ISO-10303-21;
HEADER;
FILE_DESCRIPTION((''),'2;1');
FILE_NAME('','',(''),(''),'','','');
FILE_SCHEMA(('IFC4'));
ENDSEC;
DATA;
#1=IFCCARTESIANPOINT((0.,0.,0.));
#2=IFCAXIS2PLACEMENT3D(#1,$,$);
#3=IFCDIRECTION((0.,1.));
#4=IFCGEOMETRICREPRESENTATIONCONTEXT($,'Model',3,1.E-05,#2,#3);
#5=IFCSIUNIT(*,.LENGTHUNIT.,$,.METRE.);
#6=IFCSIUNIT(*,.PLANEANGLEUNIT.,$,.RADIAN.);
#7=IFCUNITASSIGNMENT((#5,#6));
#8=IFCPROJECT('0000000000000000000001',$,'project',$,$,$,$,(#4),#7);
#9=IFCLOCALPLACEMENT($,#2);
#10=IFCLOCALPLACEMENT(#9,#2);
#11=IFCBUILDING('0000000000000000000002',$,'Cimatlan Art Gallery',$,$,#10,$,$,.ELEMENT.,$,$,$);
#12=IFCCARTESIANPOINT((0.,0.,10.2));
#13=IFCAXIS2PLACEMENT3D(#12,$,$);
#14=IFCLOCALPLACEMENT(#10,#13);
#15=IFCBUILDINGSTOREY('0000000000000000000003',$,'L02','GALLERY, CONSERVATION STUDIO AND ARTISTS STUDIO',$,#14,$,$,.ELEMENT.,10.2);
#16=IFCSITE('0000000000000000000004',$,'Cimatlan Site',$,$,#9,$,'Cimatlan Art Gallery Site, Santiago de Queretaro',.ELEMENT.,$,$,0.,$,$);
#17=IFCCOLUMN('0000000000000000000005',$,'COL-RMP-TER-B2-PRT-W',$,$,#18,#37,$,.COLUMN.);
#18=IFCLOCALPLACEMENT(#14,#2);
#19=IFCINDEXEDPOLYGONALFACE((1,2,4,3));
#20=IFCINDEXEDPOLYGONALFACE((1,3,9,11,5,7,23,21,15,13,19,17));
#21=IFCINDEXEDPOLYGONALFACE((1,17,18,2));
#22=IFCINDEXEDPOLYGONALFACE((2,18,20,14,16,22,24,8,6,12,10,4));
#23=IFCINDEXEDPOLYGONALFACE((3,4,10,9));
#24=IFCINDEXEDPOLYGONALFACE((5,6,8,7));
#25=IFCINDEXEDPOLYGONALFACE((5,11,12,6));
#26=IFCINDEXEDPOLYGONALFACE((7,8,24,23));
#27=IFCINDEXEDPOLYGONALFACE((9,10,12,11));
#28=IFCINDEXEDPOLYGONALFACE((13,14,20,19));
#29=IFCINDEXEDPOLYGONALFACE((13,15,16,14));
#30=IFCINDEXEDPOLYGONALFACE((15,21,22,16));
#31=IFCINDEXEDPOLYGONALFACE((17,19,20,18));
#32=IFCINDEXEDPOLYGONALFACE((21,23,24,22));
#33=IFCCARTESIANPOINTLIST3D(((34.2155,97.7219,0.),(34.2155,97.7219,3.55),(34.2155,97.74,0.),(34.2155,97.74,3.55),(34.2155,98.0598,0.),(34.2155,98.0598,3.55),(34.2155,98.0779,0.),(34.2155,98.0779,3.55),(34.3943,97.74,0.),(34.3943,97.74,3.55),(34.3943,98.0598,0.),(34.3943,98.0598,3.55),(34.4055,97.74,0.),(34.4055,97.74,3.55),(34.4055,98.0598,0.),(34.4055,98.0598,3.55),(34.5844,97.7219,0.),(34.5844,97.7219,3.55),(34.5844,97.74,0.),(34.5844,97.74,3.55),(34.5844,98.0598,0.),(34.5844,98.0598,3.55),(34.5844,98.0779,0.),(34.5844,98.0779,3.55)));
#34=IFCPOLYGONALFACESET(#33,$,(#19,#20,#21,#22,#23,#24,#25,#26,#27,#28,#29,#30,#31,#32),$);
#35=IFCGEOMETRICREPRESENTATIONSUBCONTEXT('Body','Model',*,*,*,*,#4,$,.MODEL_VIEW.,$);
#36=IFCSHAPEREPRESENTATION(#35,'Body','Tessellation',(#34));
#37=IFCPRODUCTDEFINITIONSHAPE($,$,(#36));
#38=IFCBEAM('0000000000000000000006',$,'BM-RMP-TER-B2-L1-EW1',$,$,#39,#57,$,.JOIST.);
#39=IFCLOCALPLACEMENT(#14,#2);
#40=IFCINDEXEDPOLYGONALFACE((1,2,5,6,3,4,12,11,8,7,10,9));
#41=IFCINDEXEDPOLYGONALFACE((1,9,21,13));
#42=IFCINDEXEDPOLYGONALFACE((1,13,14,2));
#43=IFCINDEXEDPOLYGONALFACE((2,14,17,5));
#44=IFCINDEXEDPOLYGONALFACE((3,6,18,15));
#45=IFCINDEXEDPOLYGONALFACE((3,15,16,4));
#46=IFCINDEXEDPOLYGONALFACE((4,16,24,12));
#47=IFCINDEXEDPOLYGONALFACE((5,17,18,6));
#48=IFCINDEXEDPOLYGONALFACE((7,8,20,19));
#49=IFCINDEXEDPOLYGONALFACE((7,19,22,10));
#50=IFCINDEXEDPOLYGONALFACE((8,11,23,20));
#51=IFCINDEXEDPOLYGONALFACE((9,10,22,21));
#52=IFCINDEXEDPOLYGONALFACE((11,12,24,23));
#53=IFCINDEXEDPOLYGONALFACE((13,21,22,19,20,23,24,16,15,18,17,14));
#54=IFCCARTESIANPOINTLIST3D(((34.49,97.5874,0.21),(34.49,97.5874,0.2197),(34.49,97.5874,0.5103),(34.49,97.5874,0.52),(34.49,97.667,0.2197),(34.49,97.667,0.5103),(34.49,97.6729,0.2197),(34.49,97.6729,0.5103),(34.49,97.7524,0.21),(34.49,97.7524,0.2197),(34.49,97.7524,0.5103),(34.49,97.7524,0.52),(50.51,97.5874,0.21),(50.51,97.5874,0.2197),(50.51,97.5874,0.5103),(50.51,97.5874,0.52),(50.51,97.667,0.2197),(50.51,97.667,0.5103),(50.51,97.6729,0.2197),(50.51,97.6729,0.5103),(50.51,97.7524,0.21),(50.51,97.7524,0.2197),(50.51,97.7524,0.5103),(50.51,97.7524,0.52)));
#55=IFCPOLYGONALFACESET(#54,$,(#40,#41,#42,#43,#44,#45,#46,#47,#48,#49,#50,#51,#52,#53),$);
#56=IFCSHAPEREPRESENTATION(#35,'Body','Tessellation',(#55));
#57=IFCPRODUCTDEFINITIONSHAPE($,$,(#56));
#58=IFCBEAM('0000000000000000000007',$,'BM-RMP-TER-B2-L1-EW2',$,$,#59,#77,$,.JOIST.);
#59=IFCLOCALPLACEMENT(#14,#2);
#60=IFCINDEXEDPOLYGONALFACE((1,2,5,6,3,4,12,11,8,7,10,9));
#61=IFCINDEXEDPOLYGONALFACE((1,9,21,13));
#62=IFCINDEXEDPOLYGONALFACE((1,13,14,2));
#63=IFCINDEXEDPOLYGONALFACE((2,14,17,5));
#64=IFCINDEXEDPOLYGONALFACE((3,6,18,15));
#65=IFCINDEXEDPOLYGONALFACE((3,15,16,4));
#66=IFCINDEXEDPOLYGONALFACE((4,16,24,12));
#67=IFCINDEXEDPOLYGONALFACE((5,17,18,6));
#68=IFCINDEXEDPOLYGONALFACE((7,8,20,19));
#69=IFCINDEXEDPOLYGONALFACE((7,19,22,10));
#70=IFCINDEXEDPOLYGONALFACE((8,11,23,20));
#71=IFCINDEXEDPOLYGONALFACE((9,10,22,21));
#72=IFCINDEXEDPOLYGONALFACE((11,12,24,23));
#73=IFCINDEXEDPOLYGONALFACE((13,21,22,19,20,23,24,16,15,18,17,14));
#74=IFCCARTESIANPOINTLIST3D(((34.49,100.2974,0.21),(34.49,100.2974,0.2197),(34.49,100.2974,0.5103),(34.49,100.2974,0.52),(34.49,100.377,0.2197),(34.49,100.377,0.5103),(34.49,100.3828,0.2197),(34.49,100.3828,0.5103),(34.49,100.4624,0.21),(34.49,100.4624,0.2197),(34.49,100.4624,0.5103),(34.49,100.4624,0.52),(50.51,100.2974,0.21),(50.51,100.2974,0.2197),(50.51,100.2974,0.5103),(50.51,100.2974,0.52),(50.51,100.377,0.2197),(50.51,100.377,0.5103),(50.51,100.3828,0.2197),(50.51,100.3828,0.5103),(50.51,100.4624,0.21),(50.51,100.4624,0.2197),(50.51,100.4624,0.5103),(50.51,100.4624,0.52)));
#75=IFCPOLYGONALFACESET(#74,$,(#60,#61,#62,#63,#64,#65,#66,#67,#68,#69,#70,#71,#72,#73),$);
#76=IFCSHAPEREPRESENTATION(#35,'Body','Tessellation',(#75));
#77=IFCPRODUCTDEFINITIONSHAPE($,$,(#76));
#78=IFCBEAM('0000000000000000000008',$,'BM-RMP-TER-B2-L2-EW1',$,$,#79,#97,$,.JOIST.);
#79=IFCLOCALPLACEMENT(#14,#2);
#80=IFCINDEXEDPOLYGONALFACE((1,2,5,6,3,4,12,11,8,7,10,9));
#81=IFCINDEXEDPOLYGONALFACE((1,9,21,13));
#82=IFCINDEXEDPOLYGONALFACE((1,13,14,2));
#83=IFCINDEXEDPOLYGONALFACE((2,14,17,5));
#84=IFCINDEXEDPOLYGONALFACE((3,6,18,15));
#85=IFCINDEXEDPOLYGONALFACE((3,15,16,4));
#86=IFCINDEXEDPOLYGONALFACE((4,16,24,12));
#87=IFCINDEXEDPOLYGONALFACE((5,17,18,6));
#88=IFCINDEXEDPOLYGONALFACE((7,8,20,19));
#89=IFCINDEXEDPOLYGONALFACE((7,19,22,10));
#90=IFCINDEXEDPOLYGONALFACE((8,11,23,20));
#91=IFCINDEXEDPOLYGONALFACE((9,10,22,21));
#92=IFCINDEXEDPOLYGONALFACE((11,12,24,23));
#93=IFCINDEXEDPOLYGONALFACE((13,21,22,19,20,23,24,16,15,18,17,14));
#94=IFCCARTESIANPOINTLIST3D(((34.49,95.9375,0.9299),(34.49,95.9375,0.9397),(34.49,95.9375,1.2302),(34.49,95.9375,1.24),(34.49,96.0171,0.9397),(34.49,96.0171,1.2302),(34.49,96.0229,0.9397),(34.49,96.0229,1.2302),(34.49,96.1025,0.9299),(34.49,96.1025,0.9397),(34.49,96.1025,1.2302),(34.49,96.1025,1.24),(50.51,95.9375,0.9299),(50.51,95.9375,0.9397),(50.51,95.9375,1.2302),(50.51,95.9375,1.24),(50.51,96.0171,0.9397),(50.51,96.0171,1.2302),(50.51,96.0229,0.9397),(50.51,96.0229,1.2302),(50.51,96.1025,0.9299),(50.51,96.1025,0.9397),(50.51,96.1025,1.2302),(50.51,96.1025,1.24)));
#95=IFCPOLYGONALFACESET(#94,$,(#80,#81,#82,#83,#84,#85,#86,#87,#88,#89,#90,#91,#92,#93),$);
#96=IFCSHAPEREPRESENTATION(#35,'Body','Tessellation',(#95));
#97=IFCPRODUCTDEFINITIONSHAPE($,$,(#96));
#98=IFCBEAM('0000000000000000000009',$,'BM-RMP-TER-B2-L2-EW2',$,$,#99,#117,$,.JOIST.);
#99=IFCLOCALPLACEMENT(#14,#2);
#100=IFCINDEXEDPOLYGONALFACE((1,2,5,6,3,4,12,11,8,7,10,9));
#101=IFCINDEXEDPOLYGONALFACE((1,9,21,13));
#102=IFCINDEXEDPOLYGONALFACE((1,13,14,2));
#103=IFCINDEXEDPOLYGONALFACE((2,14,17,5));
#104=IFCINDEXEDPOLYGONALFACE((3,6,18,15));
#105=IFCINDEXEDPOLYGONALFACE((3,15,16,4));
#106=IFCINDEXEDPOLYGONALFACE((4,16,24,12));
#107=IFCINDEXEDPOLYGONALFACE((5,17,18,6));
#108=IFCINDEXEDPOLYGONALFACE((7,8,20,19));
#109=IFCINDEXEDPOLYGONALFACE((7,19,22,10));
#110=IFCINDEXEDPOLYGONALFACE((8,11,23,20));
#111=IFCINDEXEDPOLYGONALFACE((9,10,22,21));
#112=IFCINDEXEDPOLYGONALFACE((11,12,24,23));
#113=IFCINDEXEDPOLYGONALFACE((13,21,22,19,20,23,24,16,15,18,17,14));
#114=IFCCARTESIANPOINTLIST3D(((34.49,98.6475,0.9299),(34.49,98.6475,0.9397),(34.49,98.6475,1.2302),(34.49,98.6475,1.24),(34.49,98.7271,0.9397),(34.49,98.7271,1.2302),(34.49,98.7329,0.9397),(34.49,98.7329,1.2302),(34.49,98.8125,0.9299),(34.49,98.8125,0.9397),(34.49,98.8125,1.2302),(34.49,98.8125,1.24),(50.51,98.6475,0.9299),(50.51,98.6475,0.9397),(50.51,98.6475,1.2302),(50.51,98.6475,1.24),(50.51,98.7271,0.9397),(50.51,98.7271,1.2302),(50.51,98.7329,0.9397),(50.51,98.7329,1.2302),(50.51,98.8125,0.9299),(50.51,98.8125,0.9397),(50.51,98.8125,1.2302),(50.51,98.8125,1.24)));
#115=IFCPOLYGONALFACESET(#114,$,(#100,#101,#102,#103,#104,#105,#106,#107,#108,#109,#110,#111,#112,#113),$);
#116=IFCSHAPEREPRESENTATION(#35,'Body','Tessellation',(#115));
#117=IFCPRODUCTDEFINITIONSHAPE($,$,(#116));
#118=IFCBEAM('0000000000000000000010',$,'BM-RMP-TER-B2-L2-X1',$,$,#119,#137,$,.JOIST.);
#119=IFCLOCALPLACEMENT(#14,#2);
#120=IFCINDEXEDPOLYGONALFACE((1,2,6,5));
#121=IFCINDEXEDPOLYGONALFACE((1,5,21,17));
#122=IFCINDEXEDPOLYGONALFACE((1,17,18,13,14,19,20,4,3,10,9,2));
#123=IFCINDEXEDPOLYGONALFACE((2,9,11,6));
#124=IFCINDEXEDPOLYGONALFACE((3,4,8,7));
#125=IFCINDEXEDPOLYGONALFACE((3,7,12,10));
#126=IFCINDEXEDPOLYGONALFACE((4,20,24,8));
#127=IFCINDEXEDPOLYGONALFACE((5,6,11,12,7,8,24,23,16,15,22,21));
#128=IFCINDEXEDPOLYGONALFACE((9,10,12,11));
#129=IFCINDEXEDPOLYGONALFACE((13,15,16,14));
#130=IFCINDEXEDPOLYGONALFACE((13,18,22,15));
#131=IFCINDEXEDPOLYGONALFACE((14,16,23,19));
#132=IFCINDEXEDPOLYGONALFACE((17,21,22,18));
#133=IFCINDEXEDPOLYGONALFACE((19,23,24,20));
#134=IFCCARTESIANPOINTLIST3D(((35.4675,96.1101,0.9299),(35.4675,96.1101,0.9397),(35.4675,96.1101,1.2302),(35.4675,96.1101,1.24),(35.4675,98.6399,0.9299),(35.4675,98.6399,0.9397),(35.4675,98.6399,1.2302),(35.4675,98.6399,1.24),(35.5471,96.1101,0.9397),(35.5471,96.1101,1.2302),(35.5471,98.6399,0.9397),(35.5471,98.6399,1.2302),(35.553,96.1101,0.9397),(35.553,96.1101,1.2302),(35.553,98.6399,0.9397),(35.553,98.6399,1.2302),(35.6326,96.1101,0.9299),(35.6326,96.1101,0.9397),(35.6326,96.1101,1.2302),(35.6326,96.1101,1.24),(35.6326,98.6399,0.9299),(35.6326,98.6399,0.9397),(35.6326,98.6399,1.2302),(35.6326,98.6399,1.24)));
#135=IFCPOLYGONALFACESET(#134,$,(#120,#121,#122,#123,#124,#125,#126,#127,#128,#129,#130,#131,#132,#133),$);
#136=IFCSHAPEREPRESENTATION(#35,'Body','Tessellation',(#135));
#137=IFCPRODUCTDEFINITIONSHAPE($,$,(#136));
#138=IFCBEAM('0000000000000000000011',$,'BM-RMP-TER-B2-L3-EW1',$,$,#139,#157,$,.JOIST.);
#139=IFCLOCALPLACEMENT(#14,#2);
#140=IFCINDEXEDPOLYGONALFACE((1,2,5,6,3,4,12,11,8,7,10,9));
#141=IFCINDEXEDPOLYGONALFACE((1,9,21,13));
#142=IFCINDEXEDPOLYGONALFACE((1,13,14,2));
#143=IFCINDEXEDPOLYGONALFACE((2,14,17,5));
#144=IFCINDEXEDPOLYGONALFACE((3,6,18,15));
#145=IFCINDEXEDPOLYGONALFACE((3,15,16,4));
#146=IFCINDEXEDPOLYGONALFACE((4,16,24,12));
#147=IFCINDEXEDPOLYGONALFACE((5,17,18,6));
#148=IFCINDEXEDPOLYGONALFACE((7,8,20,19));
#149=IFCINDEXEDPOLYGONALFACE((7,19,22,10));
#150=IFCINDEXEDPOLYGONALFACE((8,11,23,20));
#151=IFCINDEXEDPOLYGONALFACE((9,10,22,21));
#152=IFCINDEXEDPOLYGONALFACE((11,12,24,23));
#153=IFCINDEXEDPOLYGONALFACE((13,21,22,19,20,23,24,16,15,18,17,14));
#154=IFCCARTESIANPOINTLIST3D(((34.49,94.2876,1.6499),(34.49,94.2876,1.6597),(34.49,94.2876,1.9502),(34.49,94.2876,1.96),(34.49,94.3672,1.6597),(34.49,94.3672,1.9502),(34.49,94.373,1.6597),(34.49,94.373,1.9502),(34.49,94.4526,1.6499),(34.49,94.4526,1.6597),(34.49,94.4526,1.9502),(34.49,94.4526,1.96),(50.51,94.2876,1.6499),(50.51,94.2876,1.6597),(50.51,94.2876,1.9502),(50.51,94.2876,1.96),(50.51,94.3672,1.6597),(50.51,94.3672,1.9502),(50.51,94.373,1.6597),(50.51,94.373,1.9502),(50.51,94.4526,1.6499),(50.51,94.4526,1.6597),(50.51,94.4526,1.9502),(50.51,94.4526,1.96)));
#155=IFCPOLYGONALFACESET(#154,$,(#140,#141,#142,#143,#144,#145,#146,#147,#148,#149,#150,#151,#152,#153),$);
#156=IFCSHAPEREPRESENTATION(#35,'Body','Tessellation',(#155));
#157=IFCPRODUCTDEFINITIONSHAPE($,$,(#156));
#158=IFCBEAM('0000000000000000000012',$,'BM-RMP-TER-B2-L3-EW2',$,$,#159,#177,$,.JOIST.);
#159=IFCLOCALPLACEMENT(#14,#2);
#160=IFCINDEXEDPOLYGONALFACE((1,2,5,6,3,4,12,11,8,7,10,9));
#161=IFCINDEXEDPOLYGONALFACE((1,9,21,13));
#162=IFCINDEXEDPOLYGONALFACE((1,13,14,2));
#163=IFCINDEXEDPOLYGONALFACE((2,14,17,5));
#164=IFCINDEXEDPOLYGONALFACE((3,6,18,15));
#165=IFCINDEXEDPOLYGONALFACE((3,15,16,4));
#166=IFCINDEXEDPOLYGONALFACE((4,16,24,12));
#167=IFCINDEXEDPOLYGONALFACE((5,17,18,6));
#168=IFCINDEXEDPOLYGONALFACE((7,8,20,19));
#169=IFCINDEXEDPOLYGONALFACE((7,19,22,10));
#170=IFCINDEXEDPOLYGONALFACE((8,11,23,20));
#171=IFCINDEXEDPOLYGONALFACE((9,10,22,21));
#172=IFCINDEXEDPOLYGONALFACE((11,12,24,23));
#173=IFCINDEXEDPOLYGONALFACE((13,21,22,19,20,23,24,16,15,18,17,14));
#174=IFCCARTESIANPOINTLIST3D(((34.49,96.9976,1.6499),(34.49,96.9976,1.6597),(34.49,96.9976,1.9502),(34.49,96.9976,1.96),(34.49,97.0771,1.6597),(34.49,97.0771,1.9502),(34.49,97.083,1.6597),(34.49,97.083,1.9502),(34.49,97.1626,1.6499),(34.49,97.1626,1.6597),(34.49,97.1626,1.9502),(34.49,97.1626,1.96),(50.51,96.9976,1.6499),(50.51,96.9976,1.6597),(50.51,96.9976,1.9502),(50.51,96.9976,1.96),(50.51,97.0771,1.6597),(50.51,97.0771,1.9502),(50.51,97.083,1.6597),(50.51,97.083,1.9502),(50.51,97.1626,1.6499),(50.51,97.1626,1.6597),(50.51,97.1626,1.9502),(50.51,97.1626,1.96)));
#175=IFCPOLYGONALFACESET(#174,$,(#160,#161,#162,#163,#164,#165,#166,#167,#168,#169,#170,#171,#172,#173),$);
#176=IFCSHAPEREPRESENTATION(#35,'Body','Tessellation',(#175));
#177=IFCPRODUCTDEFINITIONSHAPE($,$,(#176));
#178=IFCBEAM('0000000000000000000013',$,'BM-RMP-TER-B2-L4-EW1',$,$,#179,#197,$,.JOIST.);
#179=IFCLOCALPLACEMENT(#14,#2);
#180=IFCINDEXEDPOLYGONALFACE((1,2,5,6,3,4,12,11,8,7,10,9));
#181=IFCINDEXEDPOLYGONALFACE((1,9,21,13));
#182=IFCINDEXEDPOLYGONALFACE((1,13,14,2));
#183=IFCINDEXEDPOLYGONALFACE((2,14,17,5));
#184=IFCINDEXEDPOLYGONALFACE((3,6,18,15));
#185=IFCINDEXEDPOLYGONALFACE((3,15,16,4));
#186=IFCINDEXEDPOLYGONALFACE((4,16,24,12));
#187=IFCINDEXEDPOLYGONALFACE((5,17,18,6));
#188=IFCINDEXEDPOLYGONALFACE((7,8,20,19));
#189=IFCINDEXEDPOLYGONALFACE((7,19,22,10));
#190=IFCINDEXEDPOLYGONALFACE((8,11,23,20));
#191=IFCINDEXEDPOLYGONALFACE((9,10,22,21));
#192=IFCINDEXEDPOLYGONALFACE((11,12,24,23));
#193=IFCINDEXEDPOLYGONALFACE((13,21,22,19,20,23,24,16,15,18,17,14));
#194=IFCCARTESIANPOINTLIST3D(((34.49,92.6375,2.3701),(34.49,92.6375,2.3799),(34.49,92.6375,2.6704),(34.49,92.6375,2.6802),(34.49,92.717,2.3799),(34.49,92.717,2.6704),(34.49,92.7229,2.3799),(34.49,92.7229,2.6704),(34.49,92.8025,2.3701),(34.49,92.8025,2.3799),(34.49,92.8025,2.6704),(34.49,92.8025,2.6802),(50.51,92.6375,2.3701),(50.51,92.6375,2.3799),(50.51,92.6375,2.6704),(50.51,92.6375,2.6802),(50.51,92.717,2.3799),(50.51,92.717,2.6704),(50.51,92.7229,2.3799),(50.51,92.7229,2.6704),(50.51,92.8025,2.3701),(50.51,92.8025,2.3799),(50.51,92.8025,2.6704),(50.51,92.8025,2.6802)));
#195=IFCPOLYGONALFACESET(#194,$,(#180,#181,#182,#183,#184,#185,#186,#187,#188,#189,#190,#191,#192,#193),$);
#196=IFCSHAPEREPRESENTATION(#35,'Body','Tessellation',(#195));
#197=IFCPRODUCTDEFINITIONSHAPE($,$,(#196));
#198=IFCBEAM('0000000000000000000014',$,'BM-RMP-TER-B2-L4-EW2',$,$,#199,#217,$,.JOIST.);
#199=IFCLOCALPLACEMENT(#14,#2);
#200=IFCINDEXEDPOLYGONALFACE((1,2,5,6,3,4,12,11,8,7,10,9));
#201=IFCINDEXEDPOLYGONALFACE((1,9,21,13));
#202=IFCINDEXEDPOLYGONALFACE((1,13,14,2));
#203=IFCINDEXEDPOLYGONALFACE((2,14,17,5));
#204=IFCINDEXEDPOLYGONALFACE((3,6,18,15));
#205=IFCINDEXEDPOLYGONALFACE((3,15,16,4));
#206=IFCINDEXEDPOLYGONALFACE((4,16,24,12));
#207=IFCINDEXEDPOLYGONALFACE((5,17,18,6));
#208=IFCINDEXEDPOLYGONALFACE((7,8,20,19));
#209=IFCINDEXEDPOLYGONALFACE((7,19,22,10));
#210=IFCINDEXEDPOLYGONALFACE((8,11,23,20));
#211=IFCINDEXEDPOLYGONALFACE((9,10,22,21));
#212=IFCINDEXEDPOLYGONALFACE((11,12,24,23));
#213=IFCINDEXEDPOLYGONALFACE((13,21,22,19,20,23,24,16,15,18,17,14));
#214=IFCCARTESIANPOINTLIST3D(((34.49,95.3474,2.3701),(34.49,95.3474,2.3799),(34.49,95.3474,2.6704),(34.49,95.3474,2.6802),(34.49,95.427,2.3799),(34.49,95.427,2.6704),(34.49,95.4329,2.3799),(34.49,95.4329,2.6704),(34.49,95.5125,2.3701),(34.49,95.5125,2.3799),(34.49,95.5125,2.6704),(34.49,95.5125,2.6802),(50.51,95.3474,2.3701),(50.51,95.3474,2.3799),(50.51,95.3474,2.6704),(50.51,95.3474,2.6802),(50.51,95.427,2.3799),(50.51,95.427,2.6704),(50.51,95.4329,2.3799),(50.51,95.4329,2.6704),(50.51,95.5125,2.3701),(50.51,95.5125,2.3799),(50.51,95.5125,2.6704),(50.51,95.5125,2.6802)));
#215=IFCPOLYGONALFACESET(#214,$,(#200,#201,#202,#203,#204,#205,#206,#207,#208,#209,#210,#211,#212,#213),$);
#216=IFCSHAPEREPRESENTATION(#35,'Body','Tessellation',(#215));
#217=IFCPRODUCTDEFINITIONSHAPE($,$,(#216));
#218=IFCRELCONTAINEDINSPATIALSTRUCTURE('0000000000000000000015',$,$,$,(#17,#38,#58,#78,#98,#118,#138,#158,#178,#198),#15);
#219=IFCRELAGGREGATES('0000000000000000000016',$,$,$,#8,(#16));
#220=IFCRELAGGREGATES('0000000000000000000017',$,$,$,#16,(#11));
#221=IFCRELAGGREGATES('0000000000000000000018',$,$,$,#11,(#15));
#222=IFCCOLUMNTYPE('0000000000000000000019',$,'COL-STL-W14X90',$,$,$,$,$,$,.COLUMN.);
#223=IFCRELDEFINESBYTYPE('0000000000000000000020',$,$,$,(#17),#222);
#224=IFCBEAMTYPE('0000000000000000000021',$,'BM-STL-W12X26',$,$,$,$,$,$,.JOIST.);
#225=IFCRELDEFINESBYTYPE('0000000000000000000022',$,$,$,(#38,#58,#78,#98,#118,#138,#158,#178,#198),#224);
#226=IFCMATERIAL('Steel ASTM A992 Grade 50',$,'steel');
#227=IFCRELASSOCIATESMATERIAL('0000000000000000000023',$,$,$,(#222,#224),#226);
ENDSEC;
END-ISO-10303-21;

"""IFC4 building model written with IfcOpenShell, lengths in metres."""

from ifc_helpers import new_model, si_unit, direction, frame, origin, origin_2d, place, context, subcontext, project, spatial, i_section, extrude, material, material_profile, profile_set, type_object, element, save


model = new_model("IFC4")

# Units and contexts
model_context = context("Model", 3, precision=1e-05, world=origin(), true_north=direction((0.0, 1.0)))
body_context = subcontext(model_context, "Body", "Model", "MODEL_VIEW")
ifc_project = project(units=[si_unit("LENGTHUNIT", "METRE"), si_unit("PLANEANGLEUNIT", "RADIAN")], contexts=[model_context])

# Site, building, storey
site_placement = place(None, origin())
site = spatial("IfcSite", under=ifc_project, at=site_placement, Name="Cimatlan Site", LongName="Cimatlan Art Gallery Site, Santiago de Queretaro", CompositionType="ELEMENT", RefElevation=0.0)
building_placement = place(site_placement, origin())
building = spatial("IfcBuilding", under=site, at=building_placement, Name="Cimatlan Art Gallery", CompositionType="ELEMENT")
storey_placement = place(building_placement, frame((0.0, 0.0, 10.2)))
storey = spatial("IfcBuildingStorey", under=building, at=storey_placement, Name="L02", Description="GALLERY, CONSERVATION STUDIO AND ARTISTS STUDIO", CompositionType="ELEMENT", Elevation=10.2)

# Column
ifc_material_1 = material(Name="Steel ASTM A992 Grade 50", Category="steel")
ifc_material_profile_1 = material_profile(ifc_material_1, i_section(OverallWidth=0.3689, OverallDepth=0.356, WebThickness=0.0112, FlangeThickness=0.0181, at=origin_2d()), Name="W14X90")
ifc_profile_set_1 = profile_set([ifc_material_profile_1], Name="Steel ASTM A992 Grade 50")
column_type = type_object("IfcColumnType", Name="COL-STL-W14X90", PredefinedType="COLUMN", material=ifc_profile_set_1)
column_placement = place(storey_placement, frame((34.3999, 97.8999, 0.0), z_axis=(0.0, 0.0, 1.0), x_axis=(1.0, 0.0, 0.0)))
element("IfcColumn", 1, at=column_placement, inside=storey, type_object=column_type, Name="COL-RMP-TER-B2-PRT-W", PredefinedType="COLUMN", context=body_context, shape_type="SweptSolid", body=[
    extrude(i_section(OverallWidth=0.3689, OverallDepth=0.356, WebThickness=0.0112, FlangeThickness=0.0181, at=origin_2d()), origin(), (0.0, 0.0, 1.0), 3.55),
])

# Beams
ifc_material_profile_2 = material_profile(ifc_material_1, i_section(OverallWidth=0.165, OverallDepth=0.3101, WebThickness=0.0059, FlangeThickness=0.0098, at=origin_2d()), Name="W12X26")
ifc_profile_set_2 = profile_set([ifc_material_profile_2], Name="Steel ASTM A992 Grade 50")
beam_type_1 = type_object("IfcBeamType", Name="BM-STL-W12X26", PredefinedType="JOIST", material=ifc_profile_set_2)
for number, where, z_axis, x_axis, name in (
    (2, (34.49, 97.6699, 0.365), (1.0, 0.0, 0.0), (0.0, 1.0, 0.0), "BM-RMP-TER-B2-L1-EW1"),
    (3, (34.49, 100.3799, 0.365), (1.0, 0.0, 0.0), (0.0, 1.0, 0.0), "BM-RMP-TER-B2-L1-EW2"),
    (4, (34.49, 96.02, 1.085), (1.0, 0.0, 0.0), (0.0, 1.0, 0.0), "BM-RMP-TER-B2-L2-EW1"),
    (5, (34.49, 98.73, 1.085), (1.0, 0.0, 0.0), (0.0, 1.0, 0.0), "BM-RMP-TER-B2-L2-EW2"),
):
    element("IfcBeam", number, at=place(storey_placement, frame(where, z_axis=z_axis, x_axis=x_axis)), inside=storey, type_object=beam_type_1, Name=name, PredefinedType="JOIST", context=body_context, shape_type="SweptSolid", body=[
        extrude(i_section(OverallWidth=0.165, OverallDepth=0.3101, WebThickness=0.0059, FlangeThickness=0.0098, at=origin_2d()), origin(), (0.0, 0.0, 1.0), 16.02),
    ])
beam_1_placement = place(storey_placement, frame((35.55, 96.1101, 1.085), z_axis=(0.0, 1.0, 0.0), x_axis=(-1.0, 0.0, 0.0)))
element("IfcBeam", 6, at=beam_1_placement, inside=storey, type_object=beam_type_1, Name="BM-RMP-TER-B2-L2-X1", PredefinedType="JOIST", context=body_context, shape_type="SweptSolid", body=[
    extrude(i_section(OverallWidth=0.165, OverallDepth=0.3101, WebThickness=0.0059, FlangeThickness=0.0098, at=origin_2d()), origin(), (0.0, 0.0, 1.0), 2.5298),
])
for number, where, z_axis, x_axis, name in (
    (7, (34.49, 94.3701, 1.8049), (1.0, 0.0, 0.0), (0.0, 1.0, 0.0), "BM-RMP-TER-B2-L3-EW1"),
    (8, (34.49, 97.0801, 1.8049), (1.0, 0.0, 0.0), (0.0, 1.0, 0.0), "BM-RMP-TER-B2-L3-EW2"),
    (9, (34.49, 92.72, 2.5251), (1.0, 0.0, 0.0), (0.0, 1.0, 0.0), "BM-RMP-TER-B2-L4-EW1"),
    (10, (34.49, 95.4299, 2.5251), (1.0, 0.0, 0.0), (0.0, 1.0, 0.0), "BM-RMP-TER-B2-L4-EW2"),
):
    element("IfcBeam", number, at=place(storey_placement, frame(where, z_axis=z_axis, x_axis=x_axis)), inside=storey, type_object=beam_type_1, Name=name, PredefinedType="JOIST", context=body_context, shape_type="SweptSolid", body=[
        extrude(i_section(OverallWidth=0.165, OverallDepth=0.3101, WebThickness=0.0059, FlangeThickness=0.0098, at=origin_2d()), origin(), (0.0, 0.0, 1.0), 16.02),
    ])

save(model, "model.ifc")
